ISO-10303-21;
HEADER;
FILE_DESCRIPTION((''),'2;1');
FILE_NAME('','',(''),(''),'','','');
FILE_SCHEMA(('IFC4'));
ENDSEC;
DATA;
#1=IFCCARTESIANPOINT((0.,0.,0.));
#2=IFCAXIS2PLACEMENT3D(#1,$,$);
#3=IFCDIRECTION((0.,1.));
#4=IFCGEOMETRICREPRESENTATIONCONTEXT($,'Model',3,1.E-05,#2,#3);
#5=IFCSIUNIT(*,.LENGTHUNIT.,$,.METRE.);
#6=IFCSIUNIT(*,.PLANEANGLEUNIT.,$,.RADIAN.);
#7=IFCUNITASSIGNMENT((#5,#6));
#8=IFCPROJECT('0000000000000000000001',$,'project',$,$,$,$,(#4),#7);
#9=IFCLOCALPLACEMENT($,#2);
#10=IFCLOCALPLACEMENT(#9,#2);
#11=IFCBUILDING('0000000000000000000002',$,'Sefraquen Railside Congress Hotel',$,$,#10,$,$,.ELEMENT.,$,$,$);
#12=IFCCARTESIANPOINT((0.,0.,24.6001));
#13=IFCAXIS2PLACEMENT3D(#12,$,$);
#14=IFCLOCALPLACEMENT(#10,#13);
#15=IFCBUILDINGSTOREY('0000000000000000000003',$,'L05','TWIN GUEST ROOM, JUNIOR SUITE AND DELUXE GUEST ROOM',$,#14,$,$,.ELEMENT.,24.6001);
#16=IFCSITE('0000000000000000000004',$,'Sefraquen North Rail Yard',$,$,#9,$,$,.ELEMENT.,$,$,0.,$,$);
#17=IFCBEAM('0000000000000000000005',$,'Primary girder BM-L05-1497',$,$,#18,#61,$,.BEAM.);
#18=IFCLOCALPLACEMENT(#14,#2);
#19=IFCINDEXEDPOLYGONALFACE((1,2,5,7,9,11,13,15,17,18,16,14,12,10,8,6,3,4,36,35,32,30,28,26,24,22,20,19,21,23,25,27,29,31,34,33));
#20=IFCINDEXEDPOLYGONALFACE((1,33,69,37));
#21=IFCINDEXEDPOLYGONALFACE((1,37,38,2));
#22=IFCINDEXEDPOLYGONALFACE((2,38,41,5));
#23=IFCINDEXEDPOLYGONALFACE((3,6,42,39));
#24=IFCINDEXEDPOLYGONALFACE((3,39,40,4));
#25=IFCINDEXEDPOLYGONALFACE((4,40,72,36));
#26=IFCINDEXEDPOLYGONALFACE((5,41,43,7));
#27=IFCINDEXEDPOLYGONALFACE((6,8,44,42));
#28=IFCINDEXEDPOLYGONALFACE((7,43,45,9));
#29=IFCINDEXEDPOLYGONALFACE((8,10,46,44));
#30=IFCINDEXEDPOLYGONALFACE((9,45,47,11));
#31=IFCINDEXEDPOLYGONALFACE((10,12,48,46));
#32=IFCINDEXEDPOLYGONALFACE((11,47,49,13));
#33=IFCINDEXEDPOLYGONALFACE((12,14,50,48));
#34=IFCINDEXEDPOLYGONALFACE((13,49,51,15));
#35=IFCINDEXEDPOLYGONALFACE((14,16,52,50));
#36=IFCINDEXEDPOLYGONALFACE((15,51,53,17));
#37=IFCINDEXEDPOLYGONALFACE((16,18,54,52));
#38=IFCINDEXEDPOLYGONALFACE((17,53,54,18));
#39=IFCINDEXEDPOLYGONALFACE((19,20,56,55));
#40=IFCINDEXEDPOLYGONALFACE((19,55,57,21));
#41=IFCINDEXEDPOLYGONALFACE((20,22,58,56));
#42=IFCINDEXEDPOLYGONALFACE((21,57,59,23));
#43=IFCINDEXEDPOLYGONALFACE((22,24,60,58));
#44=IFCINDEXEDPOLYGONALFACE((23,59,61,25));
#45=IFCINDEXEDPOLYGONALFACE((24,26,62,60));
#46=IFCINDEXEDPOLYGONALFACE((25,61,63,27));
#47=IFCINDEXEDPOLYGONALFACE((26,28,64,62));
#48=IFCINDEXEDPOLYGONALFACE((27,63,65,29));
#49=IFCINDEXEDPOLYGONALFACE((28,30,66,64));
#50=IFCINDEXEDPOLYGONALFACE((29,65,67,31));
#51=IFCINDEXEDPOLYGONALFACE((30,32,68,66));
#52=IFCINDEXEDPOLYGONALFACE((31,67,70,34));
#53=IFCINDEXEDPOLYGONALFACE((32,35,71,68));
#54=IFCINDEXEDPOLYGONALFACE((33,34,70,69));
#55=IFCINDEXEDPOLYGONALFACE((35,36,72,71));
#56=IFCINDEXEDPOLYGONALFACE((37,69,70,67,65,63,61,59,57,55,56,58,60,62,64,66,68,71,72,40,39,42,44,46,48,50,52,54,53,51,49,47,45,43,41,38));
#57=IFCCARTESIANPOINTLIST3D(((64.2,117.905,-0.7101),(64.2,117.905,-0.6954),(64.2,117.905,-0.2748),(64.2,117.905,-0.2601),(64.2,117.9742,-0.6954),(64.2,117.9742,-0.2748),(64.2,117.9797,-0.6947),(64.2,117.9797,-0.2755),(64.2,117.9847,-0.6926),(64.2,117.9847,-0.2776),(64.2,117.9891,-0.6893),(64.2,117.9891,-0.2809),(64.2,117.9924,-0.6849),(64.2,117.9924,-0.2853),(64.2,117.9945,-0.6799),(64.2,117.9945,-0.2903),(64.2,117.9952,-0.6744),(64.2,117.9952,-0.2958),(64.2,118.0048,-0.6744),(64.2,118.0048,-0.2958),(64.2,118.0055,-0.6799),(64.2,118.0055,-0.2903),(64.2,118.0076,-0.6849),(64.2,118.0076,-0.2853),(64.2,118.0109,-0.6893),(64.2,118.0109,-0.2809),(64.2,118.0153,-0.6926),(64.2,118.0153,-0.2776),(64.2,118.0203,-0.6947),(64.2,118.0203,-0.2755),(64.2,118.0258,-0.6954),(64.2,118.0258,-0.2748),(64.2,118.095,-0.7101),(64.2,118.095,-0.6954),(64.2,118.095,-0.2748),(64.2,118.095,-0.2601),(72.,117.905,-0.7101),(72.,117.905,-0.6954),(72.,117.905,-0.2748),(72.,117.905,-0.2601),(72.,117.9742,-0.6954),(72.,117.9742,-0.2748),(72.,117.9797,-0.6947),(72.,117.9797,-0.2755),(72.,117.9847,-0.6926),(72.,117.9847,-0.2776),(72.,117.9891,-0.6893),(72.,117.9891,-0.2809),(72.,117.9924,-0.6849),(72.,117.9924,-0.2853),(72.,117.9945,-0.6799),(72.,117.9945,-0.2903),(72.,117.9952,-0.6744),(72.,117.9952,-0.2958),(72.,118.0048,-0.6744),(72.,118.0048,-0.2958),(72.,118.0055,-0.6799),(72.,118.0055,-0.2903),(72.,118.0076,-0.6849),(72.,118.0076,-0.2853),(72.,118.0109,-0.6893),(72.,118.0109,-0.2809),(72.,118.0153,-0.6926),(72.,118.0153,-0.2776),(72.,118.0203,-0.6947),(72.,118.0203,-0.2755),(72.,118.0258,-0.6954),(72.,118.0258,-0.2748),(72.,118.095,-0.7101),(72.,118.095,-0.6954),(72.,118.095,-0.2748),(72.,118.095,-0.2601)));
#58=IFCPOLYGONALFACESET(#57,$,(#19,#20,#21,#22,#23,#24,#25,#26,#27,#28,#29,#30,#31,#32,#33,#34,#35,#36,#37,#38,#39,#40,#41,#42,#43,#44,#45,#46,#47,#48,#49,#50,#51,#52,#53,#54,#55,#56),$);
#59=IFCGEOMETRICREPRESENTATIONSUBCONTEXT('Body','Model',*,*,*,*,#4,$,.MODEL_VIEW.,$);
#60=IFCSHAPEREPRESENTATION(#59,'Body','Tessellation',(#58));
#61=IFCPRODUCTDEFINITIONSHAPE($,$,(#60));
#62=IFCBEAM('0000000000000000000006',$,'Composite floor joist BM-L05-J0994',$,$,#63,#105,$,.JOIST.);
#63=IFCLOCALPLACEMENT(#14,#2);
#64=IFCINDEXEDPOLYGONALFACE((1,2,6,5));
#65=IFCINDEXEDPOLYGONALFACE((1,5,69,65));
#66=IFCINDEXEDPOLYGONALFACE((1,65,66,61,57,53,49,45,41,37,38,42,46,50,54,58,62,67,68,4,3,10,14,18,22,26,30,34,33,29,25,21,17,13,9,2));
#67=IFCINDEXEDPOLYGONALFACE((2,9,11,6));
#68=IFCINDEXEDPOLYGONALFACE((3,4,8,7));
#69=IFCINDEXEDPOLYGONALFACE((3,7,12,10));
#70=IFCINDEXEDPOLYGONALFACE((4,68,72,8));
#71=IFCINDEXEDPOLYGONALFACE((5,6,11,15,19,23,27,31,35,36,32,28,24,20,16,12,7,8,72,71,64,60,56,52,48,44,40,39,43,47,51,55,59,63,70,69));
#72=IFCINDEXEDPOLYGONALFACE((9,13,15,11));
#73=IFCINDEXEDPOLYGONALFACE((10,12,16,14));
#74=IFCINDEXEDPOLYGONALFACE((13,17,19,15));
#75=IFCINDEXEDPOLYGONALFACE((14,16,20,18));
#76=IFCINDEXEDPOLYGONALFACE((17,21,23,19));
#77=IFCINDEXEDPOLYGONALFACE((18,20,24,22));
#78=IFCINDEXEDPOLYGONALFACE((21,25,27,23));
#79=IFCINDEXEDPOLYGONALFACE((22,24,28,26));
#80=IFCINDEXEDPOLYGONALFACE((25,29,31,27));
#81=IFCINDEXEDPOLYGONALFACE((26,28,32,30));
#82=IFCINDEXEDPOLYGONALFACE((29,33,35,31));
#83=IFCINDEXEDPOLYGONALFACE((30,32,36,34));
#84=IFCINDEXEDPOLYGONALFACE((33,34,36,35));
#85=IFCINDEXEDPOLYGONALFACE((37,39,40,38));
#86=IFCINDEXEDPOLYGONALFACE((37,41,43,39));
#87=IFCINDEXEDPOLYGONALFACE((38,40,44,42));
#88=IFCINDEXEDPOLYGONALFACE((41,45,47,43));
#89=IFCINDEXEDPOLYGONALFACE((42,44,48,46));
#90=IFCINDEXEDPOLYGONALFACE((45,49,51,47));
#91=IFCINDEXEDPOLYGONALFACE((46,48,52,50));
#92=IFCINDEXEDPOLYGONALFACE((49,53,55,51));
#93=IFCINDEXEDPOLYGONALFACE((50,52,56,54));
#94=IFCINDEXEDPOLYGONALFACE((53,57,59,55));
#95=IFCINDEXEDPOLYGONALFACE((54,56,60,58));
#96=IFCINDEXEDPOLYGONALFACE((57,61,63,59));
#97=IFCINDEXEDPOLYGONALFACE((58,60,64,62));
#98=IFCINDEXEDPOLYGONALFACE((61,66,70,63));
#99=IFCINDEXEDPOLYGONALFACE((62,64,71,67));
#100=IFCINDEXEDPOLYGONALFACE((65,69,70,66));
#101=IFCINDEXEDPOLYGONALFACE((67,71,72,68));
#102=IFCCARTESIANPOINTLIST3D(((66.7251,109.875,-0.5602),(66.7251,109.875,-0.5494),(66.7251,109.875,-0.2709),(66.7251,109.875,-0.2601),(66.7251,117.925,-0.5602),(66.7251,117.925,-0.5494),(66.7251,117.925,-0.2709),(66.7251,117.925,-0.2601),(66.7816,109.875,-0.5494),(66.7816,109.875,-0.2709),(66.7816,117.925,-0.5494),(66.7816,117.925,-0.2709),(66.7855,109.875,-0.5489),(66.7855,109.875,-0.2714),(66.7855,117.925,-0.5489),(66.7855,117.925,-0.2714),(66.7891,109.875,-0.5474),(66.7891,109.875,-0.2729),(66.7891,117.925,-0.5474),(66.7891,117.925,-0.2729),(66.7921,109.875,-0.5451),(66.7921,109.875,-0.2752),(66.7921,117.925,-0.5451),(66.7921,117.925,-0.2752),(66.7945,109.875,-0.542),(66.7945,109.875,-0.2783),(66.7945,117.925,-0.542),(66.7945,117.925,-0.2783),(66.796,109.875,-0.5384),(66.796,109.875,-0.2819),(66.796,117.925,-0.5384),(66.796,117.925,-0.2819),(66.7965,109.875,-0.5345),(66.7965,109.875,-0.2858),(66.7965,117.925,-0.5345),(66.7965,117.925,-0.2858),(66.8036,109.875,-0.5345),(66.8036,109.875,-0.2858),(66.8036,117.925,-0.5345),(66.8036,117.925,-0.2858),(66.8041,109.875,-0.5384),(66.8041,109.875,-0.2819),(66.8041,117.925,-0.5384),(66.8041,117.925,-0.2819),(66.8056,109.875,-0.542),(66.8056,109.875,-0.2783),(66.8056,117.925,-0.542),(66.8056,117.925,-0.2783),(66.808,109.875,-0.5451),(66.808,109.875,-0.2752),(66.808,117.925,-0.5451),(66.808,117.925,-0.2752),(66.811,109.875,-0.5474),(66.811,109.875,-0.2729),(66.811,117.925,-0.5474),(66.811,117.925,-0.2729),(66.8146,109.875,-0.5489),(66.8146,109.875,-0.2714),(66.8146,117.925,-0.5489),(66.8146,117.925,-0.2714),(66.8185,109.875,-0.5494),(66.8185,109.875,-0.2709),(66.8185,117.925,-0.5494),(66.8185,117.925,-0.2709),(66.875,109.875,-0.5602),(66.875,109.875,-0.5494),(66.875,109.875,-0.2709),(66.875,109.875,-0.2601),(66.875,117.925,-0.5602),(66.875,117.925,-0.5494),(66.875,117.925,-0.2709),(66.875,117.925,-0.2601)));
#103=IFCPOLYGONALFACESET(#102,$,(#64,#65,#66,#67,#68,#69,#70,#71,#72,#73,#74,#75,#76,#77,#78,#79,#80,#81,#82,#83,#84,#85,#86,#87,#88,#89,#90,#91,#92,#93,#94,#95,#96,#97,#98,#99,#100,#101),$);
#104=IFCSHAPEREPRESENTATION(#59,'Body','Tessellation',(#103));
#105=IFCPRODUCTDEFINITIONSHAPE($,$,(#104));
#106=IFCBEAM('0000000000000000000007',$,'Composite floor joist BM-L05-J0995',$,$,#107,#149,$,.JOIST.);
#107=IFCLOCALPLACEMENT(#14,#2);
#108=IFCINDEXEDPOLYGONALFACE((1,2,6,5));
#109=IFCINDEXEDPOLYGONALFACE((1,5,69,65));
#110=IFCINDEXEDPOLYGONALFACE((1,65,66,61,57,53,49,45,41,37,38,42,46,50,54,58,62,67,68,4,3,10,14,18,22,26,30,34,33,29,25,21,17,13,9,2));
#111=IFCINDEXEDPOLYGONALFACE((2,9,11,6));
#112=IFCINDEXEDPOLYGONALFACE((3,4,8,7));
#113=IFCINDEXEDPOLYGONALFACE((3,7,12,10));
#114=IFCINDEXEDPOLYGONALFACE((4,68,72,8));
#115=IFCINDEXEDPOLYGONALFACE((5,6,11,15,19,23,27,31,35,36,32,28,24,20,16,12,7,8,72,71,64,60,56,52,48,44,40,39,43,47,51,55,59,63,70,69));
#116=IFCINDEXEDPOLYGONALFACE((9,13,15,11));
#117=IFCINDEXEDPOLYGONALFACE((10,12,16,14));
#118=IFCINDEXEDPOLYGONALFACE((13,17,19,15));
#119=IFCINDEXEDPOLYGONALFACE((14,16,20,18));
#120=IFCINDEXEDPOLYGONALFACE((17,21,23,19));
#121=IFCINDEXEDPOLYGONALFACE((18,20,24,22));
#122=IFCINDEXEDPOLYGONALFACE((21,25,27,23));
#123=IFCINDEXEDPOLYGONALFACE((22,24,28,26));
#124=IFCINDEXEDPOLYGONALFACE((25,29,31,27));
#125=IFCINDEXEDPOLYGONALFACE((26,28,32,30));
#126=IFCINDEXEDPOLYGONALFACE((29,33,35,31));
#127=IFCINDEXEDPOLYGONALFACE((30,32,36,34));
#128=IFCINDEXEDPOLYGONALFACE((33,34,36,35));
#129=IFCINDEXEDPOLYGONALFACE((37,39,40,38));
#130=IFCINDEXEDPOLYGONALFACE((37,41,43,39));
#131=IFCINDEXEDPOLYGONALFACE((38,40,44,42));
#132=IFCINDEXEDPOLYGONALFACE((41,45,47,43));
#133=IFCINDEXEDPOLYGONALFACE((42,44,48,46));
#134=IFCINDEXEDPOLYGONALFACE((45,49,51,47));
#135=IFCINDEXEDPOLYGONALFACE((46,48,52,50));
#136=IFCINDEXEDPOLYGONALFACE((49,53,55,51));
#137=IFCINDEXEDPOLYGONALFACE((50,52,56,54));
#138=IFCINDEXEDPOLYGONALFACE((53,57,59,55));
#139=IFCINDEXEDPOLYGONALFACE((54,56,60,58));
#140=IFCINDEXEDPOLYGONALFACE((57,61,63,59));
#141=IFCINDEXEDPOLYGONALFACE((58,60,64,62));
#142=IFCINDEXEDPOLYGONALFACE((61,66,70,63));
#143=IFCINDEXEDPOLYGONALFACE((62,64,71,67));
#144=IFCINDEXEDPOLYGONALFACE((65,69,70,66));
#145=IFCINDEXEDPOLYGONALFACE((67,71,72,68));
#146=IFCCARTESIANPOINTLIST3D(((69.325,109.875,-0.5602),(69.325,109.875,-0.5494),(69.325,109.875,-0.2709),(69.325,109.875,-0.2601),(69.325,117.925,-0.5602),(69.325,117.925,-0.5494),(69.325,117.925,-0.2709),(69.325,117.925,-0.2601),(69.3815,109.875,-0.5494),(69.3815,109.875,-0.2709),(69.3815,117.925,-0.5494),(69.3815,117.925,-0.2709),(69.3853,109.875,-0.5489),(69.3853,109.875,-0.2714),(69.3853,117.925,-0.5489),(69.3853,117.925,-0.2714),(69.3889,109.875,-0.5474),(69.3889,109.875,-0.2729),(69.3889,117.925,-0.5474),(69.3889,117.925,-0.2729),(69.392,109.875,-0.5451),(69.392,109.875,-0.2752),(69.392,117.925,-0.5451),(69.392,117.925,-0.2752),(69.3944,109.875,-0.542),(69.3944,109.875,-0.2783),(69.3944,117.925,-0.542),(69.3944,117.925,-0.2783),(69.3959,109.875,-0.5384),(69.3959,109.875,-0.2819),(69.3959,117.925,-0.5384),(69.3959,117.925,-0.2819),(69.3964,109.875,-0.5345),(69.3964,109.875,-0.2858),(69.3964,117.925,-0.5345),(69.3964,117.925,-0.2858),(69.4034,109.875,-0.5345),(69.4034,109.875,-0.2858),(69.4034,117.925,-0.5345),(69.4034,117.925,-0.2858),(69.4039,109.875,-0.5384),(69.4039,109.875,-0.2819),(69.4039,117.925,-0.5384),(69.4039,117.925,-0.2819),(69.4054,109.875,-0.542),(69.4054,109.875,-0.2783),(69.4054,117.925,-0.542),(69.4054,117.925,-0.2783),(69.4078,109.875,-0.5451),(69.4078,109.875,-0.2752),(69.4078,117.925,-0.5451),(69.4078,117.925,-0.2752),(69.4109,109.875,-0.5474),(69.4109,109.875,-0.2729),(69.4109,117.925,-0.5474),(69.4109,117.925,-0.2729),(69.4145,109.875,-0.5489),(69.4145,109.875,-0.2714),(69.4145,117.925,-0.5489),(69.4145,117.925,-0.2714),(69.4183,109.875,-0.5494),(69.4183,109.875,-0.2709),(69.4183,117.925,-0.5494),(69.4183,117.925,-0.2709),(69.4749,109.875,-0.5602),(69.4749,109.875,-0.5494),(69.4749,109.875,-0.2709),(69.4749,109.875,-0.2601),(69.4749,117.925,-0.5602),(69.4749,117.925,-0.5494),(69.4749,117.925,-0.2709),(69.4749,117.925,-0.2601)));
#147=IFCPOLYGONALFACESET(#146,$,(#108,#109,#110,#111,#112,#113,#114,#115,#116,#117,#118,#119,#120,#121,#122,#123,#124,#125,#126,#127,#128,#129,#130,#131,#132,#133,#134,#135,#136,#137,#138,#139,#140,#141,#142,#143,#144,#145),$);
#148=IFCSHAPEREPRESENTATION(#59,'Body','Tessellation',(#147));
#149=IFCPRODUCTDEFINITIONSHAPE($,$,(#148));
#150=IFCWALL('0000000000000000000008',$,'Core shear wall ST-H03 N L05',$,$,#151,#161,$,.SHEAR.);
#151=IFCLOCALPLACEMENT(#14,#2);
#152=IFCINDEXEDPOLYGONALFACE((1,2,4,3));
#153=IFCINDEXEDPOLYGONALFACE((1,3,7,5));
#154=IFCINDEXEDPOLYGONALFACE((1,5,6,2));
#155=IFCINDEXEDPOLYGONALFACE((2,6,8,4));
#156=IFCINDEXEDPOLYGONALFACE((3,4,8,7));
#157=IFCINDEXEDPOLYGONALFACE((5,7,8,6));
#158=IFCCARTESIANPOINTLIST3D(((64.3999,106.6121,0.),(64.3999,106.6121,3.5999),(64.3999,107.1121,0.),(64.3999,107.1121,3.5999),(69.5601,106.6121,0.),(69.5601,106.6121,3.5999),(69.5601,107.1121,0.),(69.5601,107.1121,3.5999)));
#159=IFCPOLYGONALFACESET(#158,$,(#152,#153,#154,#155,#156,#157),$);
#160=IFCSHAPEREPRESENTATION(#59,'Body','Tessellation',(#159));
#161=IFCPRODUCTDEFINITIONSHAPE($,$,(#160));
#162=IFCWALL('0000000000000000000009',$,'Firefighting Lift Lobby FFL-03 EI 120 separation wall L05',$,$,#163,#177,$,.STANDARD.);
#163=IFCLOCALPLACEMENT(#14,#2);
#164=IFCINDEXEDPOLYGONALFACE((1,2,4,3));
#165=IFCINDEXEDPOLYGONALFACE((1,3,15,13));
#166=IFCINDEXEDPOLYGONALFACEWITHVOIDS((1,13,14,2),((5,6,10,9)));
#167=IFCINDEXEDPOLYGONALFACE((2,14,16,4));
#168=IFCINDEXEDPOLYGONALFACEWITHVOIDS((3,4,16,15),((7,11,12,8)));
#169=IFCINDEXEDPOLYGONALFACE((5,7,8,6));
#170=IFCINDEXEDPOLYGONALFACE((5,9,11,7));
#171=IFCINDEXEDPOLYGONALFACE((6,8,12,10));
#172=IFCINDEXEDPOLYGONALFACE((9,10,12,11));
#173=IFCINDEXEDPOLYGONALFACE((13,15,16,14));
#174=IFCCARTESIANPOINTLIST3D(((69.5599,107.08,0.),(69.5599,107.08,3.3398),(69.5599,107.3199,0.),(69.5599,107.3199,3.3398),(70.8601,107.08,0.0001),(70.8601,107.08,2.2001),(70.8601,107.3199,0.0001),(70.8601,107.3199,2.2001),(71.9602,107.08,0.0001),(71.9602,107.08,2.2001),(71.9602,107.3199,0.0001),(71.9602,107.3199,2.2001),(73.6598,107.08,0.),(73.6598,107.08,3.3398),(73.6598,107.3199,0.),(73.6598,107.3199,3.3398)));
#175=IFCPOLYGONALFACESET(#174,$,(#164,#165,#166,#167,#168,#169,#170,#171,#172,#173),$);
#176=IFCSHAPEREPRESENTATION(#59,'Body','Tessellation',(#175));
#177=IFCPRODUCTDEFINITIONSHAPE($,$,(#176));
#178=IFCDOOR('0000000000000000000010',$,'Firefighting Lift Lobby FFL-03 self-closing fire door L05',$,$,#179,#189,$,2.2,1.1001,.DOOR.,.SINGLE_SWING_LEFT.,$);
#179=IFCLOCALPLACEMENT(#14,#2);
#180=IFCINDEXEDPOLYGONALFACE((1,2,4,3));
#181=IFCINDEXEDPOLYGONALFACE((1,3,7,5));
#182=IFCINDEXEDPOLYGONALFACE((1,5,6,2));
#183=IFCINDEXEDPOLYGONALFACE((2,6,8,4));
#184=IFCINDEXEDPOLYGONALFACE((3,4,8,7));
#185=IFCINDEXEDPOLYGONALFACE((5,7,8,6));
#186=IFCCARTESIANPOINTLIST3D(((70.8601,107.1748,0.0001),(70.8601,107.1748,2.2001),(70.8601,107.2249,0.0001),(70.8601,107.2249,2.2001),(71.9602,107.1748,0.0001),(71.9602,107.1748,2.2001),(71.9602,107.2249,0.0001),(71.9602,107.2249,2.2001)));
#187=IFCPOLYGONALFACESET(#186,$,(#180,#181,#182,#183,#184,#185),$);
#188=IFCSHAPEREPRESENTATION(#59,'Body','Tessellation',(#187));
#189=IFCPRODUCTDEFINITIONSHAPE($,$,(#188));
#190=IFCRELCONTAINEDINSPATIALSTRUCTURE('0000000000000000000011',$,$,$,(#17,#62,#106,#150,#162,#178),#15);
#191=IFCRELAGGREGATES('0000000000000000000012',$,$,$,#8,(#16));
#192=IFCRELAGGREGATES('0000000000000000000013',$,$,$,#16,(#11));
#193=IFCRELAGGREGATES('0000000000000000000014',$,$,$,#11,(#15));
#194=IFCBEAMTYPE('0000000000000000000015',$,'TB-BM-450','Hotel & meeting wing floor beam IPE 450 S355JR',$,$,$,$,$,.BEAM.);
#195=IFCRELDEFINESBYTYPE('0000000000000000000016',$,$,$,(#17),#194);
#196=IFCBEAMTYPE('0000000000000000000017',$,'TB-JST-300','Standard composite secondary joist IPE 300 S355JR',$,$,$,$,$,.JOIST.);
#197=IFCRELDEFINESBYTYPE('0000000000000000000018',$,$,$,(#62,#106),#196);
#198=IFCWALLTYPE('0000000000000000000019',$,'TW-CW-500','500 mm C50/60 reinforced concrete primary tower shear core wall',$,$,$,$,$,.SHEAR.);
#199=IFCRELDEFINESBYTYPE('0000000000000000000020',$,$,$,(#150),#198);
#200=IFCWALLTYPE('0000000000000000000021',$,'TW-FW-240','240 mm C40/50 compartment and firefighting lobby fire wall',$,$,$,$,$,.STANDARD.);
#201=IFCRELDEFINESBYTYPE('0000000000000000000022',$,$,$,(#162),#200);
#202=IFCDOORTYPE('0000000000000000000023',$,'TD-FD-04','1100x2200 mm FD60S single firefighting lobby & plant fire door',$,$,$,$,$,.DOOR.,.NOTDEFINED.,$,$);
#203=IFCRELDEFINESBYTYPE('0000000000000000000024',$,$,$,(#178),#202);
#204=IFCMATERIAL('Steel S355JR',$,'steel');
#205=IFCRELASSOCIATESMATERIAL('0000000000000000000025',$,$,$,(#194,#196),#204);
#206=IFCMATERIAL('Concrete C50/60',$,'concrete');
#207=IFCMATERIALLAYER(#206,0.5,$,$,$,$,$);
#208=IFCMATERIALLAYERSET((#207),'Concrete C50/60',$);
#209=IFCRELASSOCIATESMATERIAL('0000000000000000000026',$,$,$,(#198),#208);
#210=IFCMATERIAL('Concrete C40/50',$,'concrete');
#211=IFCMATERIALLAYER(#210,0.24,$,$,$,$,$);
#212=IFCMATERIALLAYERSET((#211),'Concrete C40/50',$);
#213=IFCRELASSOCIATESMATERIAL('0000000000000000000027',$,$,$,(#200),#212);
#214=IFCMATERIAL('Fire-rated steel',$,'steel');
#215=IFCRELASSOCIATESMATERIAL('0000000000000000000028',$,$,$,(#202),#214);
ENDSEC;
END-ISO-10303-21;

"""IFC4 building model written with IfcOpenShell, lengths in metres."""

from ifc_helpers import new_model, si_unit, direction, frame, frame_2d, origin, origin_2d, place, context, subcontext, project, spatial, rectangle, i_section, extrude, material, layer, layer_set, material_profile, profile_set, type_object, element, fill, save


model = new_model("IFC4")

# Units and contexts
model_context = context("Model", 3, precision=1e-05, world=origin(), true_north=direction((0.0, 1.0)))
body_context = subcontext(model_context, "Body", "Model", "MODEL_VIEW")
ifc_project = project(units=[si_unit("LENGTHUNIT", "METRE"), si_unit("PLANEANGLEUNIT", "RADIAN")], contexts=[model_context])

# Site, building, storey
site_placement = place(None, origin())
site = spatial("IfcSite", under=ifc_project, at=site_placement, Name="Sefraquen North Rail Yard", CompositionType="ELEMENT", RefElevation=0.0)
building_placement = place(site_placement, origin())
building = spatial("IfcBuilding", under=site, at=building_placement, Name="Sefraquen Railside Congress Hotel", CompositionType="ELEMENT")
storey_placement = place(building_placement, frame((0.0, 0.0, 24.6001)))
storey = spatial("IfcBuildingStorey", under=building, at=storey_placement, Name="L05", Description="TWIN GUEST ROOM, JUNIOR SUITE AND DELUXE GUEST ROOM", CompositionType="ELEMENT", Elevation=24.6001)

# Shared definitions
ifc_material_1 = material(Name="Steel S355JR", Category="steel")

# Beams
ifc_material_profile_1 = material_profile(ifc_material_1, i_section(OverallWidth=0.1899, OverallDepth=0.45, WebThickness=0.0095, FlangeThickness=0.0146, FilletRadius=0.021, at=origin_2d()), Name="IPE 450")
ifc_profile_set_1 = profile_set([ifc_material_profile_1], Name="Steel S355JR")
beam_type_1 = type_object("IfcBeamType", Name="TB-BM-450", Description="Hotel & meeting wing floor beam IPE 450 S355JR", PredefinedType="BEAM", material=ifc_profile_set_1)
for number, where, z_axis, x_axis, name in (
    (1, (64.2, 118.0, -0.4851), (1.0, 0.0, 0.0), (0.0, 1.0, 0.0), "Primary girder BM-L05-1497"),
):
    element("IfcBeam", number, at=place(storey_placement, frame(where, z_axis=z_axis, x_axis=x_axis)), inside=storey, type_object=beam_type_1, Name=name, PredefinedType="BEAM", context=body_context, shape_type="SweptSolid", body=[
        extrude(i_section(OverallWidth=0.1899, OverallDepth=0.45, WebThickness=0.0095, FlangeThickness=0.0146, FilletRadius=0.021, at=origin_2d()), origin(), (0.0, 0.0, 1.0), 7.8),
    ])
ifc_material_profile_2 = material_profile(ifc_material_1, i_section(OverallWidth=0.1499, OverallDepth=0.3, WebThickness=0.0071, FlangeThickness=0.0107, FilletRadius=0.0149, at=origin_2d()), Name="IPE 300")
ifc_profile_set_2 = profile_set([ifc_material_profile_2], Name="Steel S355JR")
beam_type_2 = type_object("IfcBeamType", Name="TB-JST-300", Description="Standard composite secondary joist IPE 300 S355JR", PredefinedType="JOIST", material=ifc_profile_set_2)
for number, where, z_axis, x_axis, name in (
    (2, (66.8, 109.875, -0.4102), (0.0, 1.0, 0.0), (-1.0, 0.0, 0.0), "Composite floor joist BM-L05-J0994"),
    (3, (69.3999, 109.875, -0.4102), (0.0, 1.0, 0.0), (-1.0, 0.0, 0.0), "Composite floor joist BM-L05-J0995"),
):
    element("IfcBeam", number, at=place(storey_placement, frame(where, z_axis=z_axis, x_axis=x_axis)), inside=storey, type_object=beam_type_2, Name=name, PredefinedType="JOIST", context=body_context, shape_type="SweptSolid", body=[
        extrude(i_section(OverallWidth=0.1499, OverallDepth=0.3, WebThickness=0.0071, FlangeThickness=0.0107, FilletRadius=0.0149, at=origin_2d()), origin(), (0.0, 0.0, 1.0), 8.05),
    ])

# Wall
ifc_material_2 = material(Name="Concrete C50/60", Category="concrete")
ifc_layer_1 = layer(ifc_material_2, 0.5)
ifc_layer_set_1 = layer_set([ifc_layer_1], Name="Concrete C50/60")
wall_type_1 = type_object("IfcWallType", Name="TW-CW-500", Description="500 mm C50/60 reinforced concrete primary tower shear core wall", PredefinedType="SHEAR", material=ifc_layer_set_1)
wall_1_placement = place(storey_placement, frame((64.3999, 106.8621, 0.0), z_axis=(0.0, 0.0, 1.0), x_axis=(1.0, 0.0, 0.0)))
element("IfcWall", 4, at=wall_1_placement, inside=storey, type_object=wall_type_1, Name="Core shear wall ST-H03 N L05", PredefinedType="SHEAR", context=body_context, shape_type="SweptSolid", body=[
    extrude(rectangle(XDim=5.1602, YDim=0.5, at=frame_2d((2.5801, 0.0))), origin(), (0.0, 0.0, 1.0), 3.5999),
])

# Wall, opening, door
ifc_material_3 = material(Name="Concrete C40/50", Category="concrete")
ifc_layer_2 = layer(ifc_material_3, 0.24)
ifc_layer_set_2 = layer_set([ifc_layer_2], Name="Concrete C40/50")
wall_type_2 = type_object("IfcWallType", Name="TW-FW-240", Description="240 mm C40/50 compartment and firefighting lobby fire wall", PredefinedType="STANDARD", material=ifc_layer_set_2)
wall_2_placement = place(storey_placement, frame((69.5601, 107.2, 0.0), z_axis=(0.0, 0.0, 1.0), x_axis=(1.0, 0.0, 0.0)))
wall_2 = element("IfcWall", 5, at=wall_2_placement, inside=storey, type_object=wall_type_2, Name="Firefighting Lift Lobby FFL-03 EI 120 separation wall L05", PredefinedType="STANDARD", context=body_context, shape_type="SweptSolid", body=[
    extrude(rectangle(XDim=4.0999, YDim=0.24, at=frame_2d((2.0498, 0.0))), origin(), (0.0, 0.0, 1.0), 3.3398),
])
opening_1_placement = place(wall_2_placement, frame((1.3, 0.0, 0.0)))
opening_1 = element("IfcOpeningElement", 6, at=opening_1_placement, cuts=wall_2, PredefinedType="OPENING", context=body_context, shape_type="SweptSolid", body=[
    extrude(rectangle(XDim=1.1001, YDim=2.2, at=frame_2d((0.55, 1.1001))), frame((0.0, 0.1299, 0.0), z_axis=(0.0, -1.0, 0.0), x_axis=(1.0, 0.0, 0.0)), (0.0, 0.0, 1.0), 0.26),
])
ifc_material_4 = material(Name="Fire-rated steel", Category="steel")
door_type_1 = type_object("IfcDoorType", Name="TD-FD-04", Description="1100x2200 mm FD60S single firefighting lobby & plant fire door", OperationType="NOTDEFINED", PredefinedType="DOOR", material=ifc_material_4)
door_1_placement = place(opening_1_placement, origin())
door_1 = element("IfcDoor", 7, at=door_1_placement, inside=storey, type_object=door_type_1, Name="Firefighting Lift Lobby FFL-03 self-closing fire door L05", OperationType="SINGLE_SWING_LEFT", OverallHeight=2.2, OverallWidth=1.1001, PredefinedType="DOOR", context=body_context, shape_type="SweptSolid", body=[
    extrude(rectangle(XDim=1.1001, YDim=2.2, at=frame_2d((0.55, 1.1001))), frame((0.0, 0.0249, 0.0), z_axis=(0.0, -1.0, 0.0), x_axis=(1.0, 0.0, 0.0)), (0.0, 0.0, 1.0), 0.05),
])
fill(opening_1, door_1)

save(model, "model.ifc")
